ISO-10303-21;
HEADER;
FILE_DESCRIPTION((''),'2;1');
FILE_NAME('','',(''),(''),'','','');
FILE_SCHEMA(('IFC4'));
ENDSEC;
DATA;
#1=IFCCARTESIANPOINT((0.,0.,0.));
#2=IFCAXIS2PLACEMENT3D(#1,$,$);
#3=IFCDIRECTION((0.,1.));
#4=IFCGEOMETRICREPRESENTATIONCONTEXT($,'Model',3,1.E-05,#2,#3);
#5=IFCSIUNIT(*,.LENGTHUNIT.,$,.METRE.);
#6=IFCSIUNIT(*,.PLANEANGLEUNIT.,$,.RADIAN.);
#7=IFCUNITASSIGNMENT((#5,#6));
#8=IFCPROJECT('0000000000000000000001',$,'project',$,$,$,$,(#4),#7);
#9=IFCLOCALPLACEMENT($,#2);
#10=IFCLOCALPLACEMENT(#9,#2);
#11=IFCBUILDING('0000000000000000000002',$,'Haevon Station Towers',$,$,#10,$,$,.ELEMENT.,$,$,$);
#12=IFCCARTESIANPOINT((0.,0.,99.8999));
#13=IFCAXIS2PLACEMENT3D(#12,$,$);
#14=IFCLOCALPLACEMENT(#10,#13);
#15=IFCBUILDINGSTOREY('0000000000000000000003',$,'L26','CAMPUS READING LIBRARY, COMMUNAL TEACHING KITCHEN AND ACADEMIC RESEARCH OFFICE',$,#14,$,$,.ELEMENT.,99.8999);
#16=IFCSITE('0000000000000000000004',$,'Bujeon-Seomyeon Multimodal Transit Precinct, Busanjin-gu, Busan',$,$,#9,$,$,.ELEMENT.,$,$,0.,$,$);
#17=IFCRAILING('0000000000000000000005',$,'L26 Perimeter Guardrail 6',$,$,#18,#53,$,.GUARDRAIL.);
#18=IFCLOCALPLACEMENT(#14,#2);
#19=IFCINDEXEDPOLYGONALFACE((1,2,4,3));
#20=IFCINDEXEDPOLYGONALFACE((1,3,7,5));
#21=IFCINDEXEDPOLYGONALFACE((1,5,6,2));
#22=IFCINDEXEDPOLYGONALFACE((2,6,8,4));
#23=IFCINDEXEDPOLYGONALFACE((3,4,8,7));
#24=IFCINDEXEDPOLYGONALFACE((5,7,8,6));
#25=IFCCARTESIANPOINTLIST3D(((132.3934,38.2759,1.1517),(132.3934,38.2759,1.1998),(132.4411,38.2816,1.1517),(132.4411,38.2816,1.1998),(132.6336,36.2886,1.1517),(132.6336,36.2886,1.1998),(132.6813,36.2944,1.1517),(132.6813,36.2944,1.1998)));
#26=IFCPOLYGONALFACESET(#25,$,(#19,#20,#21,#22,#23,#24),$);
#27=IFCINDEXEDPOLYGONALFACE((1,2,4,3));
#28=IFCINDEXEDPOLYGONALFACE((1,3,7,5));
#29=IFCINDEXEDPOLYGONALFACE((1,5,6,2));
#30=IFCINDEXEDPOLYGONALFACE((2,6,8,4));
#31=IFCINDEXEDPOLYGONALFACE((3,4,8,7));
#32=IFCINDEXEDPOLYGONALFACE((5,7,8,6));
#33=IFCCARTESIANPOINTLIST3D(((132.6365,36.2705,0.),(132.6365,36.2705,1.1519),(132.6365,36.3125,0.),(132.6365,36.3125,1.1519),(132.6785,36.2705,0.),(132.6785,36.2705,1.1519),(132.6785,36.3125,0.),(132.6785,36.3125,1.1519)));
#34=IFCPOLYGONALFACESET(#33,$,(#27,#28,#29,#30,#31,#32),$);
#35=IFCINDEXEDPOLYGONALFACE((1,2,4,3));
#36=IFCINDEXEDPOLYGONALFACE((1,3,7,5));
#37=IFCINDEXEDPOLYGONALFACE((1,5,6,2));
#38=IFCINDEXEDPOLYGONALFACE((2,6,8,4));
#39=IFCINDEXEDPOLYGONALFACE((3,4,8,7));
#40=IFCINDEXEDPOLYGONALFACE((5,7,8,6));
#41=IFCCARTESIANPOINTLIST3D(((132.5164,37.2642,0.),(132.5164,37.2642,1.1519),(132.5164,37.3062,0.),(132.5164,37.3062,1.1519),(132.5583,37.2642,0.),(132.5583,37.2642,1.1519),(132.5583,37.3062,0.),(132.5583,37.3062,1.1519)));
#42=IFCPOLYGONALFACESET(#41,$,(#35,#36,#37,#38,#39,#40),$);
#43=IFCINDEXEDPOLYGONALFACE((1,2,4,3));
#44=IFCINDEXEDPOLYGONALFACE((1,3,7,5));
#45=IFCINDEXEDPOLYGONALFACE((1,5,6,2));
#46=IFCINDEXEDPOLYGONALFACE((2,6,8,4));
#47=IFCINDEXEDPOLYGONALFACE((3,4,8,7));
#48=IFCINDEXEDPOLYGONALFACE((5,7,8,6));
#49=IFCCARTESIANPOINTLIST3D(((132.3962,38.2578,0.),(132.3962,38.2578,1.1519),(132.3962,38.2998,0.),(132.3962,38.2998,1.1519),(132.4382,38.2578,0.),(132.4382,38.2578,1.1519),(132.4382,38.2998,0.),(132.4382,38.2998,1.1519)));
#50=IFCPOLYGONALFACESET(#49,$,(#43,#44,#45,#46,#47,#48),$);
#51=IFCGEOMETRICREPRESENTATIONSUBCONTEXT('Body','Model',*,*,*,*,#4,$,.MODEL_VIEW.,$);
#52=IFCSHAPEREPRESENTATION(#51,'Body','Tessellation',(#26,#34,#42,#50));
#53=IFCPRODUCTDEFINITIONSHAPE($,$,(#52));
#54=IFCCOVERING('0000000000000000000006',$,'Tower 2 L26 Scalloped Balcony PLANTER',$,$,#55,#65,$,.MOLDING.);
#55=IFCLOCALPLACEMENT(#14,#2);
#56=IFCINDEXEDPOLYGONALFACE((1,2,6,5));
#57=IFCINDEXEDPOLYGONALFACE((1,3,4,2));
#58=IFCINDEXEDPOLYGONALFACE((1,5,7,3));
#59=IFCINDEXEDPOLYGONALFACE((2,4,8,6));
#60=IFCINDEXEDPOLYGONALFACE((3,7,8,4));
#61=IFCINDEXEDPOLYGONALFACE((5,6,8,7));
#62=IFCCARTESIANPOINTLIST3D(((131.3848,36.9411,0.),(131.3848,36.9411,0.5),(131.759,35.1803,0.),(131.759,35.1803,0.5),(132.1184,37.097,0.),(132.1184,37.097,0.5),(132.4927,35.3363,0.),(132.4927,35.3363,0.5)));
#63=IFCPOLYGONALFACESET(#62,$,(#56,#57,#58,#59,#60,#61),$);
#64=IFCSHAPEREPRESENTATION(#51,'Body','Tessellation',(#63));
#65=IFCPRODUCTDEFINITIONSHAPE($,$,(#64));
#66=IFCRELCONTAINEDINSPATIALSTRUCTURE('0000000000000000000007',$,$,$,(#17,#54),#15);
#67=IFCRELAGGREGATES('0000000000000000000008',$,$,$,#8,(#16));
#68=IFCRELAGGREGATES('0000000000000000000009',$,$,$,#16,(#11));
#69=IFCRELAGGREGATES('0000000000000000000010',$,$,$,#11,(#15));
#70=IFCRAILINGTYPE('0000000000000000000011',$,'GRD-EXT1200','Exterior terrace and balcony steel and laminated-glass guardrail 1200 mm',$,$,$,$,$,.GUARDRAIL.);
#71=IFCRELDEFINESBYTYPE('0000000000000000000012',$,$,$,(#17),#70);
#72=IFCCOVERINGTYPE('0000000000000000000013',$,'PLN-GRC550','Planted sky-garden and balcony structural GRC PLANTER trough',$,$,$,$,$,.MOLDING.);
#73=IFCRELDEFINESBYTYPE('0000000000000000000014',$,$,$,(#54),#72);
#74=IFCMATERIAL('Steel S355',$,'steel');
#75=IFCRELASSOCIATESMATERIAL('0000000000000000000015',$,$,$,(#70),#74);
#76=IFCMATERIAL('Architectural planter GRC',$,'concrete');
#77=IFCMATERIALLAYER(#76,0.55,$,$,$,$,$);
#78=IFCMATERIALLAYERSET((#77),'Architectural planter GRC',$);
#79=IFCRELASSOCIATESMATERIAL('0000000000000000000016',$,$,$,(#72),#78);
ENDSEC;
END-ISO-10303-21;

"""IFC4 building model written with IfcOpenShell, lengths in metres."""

from ifc_helpers import new_model, si_unit, direction, frame, origin, origin_2d, place, context, subcontext, project, spatial, rectangle, extrude, material, layer, layer_set, type_object, element, save


model = new_model("IFC4")

# Units and contexts
model_context = context("Model", 3, precision=1e-05, world=origin(), true_north=direction((0.0, 1.0)))
body_context = subcontext(model_context, "Body", "Model", "MODEL_VIEW")
ifc_project = project(units=[si_unit("LENGTHUNIT", "METRE"), si_unit("PLANEANGLEUNIT", "RADIAN")], contexts=[model_context])

# Site, building, storey
site_placement = place(None, origin())
site = spatial("IfcSite", under=ifc_project, at=site_placement, Name="Bujeon-Seomyeon Multimodal Transit Precinct, Busanjin-gu, Busan", CompositionType="ELEMENT", RefElevation=0.0)
building_placement = place(site_placement, origin())
building = spatial("IfcBuilding", under=site, at=building_placement, Name="Haevon Station Towers", CompositionType="ELEMENT")
storey_placement = place(building_placement, frame((0.0, 0.0, 99.8999)))
storey = spatial("IfcBuildingStorey", under=building, at=storey_placement, Name="L26", Description="CAMPUS READING LIBRARY, COMMUNAL TEACHING KITCHEN AND ACADEMIC RESEARCH OFFICE", CompositionType="ELEMENT", Elevation=99.8999)

# Shared definitions
ifc_material_1 = material(Name="Steel S355", Category="steel")

# Railing
railing_type = type_object("IfcRailingType", Name="GRD-EXT1200", Description="Exterior terrace and balcony steel and laminated-glass guardrail 1200 mm", PredefinedType="GUARDRAIL", material=ifc_material_1)
railing_1_placement = place(storey_placement, frame((132.6575, 36.2915, 0.0)))
element("IfcRailing", 1, at=railing_1_placement, inside=storey, type_object=railing_type, Name="L26 Perimeter Guardrail 6", PredefinedType="GUARDRAIL", context=body_context, shape_type="SweptSolid", body=[
    extrude(rectangle(XDim=0.0481, YDim=0.0481, at=origin_2d()), frame((0.0, 0.0, 1.1758), z_axis=(-0.120011, 0.992773, 0.0), x_axis=(-0.992773, -0.120011, 0.0)), (0.0, 0.0, 1.0), 2.0017),
    extrude(rectangle(XDim=0.042, YDim=0.042, at=origin_2d()), origin(), (0.0, 0.0, 1.0), 1.1519),
    extrude(rectangle(XDim=0.042, YDim=0.042, at=origin_2d()), frame((-0.1201, 0.9937, 0.0)), (0.0, 0.0, 1.0), 1.1519),
    extrude(rectangle(XDim=0.042, YDim=0.042, at=origin_2d()), frame((-0.2402, 1.9873, 0.0)), (0.0, 0.0, 1.0), 1.1519),
])

# Covering
ifc_material_2 = material(Name="Architectural planter GRC", Category="concrete")
ifc_layer_1 = layer(ifc_material_2, 0.55)
ifc_layer_set_1 = layer_set([ifc_layer_1], Name="Architectural planter GRC")
covering_type = type_object("IfcCoveringType", Name="PLN-GRC550", Description="Planted sky-garden and balcony structural GRC PLANTER trough", PredefinedType="MOLDING", material=ifc_layer_set_1)
covering_placement = place(storey_placement, frame((131.9387, 36.1387, 0.0), z_axis=(0.0, 0.0, 1.0), x_axis=(0.978148, 0.207912, 0.0)))
element("IfcCovering", 2, at=covering_placement, inside=storey, type_object=covering_type, Name="Tower 2 L26 Scalloped Balcony PLANTER", PredefinedType="MOLDING", context=body_context, shape_type="SweptSolid", body=[
    extrude(rectangle(XDim=0.75, YDim=1.8, at=origin_2d()), origin(), (0.0, 0.0, 1.0), 0.5),
])

save(model, "model.ifc")
